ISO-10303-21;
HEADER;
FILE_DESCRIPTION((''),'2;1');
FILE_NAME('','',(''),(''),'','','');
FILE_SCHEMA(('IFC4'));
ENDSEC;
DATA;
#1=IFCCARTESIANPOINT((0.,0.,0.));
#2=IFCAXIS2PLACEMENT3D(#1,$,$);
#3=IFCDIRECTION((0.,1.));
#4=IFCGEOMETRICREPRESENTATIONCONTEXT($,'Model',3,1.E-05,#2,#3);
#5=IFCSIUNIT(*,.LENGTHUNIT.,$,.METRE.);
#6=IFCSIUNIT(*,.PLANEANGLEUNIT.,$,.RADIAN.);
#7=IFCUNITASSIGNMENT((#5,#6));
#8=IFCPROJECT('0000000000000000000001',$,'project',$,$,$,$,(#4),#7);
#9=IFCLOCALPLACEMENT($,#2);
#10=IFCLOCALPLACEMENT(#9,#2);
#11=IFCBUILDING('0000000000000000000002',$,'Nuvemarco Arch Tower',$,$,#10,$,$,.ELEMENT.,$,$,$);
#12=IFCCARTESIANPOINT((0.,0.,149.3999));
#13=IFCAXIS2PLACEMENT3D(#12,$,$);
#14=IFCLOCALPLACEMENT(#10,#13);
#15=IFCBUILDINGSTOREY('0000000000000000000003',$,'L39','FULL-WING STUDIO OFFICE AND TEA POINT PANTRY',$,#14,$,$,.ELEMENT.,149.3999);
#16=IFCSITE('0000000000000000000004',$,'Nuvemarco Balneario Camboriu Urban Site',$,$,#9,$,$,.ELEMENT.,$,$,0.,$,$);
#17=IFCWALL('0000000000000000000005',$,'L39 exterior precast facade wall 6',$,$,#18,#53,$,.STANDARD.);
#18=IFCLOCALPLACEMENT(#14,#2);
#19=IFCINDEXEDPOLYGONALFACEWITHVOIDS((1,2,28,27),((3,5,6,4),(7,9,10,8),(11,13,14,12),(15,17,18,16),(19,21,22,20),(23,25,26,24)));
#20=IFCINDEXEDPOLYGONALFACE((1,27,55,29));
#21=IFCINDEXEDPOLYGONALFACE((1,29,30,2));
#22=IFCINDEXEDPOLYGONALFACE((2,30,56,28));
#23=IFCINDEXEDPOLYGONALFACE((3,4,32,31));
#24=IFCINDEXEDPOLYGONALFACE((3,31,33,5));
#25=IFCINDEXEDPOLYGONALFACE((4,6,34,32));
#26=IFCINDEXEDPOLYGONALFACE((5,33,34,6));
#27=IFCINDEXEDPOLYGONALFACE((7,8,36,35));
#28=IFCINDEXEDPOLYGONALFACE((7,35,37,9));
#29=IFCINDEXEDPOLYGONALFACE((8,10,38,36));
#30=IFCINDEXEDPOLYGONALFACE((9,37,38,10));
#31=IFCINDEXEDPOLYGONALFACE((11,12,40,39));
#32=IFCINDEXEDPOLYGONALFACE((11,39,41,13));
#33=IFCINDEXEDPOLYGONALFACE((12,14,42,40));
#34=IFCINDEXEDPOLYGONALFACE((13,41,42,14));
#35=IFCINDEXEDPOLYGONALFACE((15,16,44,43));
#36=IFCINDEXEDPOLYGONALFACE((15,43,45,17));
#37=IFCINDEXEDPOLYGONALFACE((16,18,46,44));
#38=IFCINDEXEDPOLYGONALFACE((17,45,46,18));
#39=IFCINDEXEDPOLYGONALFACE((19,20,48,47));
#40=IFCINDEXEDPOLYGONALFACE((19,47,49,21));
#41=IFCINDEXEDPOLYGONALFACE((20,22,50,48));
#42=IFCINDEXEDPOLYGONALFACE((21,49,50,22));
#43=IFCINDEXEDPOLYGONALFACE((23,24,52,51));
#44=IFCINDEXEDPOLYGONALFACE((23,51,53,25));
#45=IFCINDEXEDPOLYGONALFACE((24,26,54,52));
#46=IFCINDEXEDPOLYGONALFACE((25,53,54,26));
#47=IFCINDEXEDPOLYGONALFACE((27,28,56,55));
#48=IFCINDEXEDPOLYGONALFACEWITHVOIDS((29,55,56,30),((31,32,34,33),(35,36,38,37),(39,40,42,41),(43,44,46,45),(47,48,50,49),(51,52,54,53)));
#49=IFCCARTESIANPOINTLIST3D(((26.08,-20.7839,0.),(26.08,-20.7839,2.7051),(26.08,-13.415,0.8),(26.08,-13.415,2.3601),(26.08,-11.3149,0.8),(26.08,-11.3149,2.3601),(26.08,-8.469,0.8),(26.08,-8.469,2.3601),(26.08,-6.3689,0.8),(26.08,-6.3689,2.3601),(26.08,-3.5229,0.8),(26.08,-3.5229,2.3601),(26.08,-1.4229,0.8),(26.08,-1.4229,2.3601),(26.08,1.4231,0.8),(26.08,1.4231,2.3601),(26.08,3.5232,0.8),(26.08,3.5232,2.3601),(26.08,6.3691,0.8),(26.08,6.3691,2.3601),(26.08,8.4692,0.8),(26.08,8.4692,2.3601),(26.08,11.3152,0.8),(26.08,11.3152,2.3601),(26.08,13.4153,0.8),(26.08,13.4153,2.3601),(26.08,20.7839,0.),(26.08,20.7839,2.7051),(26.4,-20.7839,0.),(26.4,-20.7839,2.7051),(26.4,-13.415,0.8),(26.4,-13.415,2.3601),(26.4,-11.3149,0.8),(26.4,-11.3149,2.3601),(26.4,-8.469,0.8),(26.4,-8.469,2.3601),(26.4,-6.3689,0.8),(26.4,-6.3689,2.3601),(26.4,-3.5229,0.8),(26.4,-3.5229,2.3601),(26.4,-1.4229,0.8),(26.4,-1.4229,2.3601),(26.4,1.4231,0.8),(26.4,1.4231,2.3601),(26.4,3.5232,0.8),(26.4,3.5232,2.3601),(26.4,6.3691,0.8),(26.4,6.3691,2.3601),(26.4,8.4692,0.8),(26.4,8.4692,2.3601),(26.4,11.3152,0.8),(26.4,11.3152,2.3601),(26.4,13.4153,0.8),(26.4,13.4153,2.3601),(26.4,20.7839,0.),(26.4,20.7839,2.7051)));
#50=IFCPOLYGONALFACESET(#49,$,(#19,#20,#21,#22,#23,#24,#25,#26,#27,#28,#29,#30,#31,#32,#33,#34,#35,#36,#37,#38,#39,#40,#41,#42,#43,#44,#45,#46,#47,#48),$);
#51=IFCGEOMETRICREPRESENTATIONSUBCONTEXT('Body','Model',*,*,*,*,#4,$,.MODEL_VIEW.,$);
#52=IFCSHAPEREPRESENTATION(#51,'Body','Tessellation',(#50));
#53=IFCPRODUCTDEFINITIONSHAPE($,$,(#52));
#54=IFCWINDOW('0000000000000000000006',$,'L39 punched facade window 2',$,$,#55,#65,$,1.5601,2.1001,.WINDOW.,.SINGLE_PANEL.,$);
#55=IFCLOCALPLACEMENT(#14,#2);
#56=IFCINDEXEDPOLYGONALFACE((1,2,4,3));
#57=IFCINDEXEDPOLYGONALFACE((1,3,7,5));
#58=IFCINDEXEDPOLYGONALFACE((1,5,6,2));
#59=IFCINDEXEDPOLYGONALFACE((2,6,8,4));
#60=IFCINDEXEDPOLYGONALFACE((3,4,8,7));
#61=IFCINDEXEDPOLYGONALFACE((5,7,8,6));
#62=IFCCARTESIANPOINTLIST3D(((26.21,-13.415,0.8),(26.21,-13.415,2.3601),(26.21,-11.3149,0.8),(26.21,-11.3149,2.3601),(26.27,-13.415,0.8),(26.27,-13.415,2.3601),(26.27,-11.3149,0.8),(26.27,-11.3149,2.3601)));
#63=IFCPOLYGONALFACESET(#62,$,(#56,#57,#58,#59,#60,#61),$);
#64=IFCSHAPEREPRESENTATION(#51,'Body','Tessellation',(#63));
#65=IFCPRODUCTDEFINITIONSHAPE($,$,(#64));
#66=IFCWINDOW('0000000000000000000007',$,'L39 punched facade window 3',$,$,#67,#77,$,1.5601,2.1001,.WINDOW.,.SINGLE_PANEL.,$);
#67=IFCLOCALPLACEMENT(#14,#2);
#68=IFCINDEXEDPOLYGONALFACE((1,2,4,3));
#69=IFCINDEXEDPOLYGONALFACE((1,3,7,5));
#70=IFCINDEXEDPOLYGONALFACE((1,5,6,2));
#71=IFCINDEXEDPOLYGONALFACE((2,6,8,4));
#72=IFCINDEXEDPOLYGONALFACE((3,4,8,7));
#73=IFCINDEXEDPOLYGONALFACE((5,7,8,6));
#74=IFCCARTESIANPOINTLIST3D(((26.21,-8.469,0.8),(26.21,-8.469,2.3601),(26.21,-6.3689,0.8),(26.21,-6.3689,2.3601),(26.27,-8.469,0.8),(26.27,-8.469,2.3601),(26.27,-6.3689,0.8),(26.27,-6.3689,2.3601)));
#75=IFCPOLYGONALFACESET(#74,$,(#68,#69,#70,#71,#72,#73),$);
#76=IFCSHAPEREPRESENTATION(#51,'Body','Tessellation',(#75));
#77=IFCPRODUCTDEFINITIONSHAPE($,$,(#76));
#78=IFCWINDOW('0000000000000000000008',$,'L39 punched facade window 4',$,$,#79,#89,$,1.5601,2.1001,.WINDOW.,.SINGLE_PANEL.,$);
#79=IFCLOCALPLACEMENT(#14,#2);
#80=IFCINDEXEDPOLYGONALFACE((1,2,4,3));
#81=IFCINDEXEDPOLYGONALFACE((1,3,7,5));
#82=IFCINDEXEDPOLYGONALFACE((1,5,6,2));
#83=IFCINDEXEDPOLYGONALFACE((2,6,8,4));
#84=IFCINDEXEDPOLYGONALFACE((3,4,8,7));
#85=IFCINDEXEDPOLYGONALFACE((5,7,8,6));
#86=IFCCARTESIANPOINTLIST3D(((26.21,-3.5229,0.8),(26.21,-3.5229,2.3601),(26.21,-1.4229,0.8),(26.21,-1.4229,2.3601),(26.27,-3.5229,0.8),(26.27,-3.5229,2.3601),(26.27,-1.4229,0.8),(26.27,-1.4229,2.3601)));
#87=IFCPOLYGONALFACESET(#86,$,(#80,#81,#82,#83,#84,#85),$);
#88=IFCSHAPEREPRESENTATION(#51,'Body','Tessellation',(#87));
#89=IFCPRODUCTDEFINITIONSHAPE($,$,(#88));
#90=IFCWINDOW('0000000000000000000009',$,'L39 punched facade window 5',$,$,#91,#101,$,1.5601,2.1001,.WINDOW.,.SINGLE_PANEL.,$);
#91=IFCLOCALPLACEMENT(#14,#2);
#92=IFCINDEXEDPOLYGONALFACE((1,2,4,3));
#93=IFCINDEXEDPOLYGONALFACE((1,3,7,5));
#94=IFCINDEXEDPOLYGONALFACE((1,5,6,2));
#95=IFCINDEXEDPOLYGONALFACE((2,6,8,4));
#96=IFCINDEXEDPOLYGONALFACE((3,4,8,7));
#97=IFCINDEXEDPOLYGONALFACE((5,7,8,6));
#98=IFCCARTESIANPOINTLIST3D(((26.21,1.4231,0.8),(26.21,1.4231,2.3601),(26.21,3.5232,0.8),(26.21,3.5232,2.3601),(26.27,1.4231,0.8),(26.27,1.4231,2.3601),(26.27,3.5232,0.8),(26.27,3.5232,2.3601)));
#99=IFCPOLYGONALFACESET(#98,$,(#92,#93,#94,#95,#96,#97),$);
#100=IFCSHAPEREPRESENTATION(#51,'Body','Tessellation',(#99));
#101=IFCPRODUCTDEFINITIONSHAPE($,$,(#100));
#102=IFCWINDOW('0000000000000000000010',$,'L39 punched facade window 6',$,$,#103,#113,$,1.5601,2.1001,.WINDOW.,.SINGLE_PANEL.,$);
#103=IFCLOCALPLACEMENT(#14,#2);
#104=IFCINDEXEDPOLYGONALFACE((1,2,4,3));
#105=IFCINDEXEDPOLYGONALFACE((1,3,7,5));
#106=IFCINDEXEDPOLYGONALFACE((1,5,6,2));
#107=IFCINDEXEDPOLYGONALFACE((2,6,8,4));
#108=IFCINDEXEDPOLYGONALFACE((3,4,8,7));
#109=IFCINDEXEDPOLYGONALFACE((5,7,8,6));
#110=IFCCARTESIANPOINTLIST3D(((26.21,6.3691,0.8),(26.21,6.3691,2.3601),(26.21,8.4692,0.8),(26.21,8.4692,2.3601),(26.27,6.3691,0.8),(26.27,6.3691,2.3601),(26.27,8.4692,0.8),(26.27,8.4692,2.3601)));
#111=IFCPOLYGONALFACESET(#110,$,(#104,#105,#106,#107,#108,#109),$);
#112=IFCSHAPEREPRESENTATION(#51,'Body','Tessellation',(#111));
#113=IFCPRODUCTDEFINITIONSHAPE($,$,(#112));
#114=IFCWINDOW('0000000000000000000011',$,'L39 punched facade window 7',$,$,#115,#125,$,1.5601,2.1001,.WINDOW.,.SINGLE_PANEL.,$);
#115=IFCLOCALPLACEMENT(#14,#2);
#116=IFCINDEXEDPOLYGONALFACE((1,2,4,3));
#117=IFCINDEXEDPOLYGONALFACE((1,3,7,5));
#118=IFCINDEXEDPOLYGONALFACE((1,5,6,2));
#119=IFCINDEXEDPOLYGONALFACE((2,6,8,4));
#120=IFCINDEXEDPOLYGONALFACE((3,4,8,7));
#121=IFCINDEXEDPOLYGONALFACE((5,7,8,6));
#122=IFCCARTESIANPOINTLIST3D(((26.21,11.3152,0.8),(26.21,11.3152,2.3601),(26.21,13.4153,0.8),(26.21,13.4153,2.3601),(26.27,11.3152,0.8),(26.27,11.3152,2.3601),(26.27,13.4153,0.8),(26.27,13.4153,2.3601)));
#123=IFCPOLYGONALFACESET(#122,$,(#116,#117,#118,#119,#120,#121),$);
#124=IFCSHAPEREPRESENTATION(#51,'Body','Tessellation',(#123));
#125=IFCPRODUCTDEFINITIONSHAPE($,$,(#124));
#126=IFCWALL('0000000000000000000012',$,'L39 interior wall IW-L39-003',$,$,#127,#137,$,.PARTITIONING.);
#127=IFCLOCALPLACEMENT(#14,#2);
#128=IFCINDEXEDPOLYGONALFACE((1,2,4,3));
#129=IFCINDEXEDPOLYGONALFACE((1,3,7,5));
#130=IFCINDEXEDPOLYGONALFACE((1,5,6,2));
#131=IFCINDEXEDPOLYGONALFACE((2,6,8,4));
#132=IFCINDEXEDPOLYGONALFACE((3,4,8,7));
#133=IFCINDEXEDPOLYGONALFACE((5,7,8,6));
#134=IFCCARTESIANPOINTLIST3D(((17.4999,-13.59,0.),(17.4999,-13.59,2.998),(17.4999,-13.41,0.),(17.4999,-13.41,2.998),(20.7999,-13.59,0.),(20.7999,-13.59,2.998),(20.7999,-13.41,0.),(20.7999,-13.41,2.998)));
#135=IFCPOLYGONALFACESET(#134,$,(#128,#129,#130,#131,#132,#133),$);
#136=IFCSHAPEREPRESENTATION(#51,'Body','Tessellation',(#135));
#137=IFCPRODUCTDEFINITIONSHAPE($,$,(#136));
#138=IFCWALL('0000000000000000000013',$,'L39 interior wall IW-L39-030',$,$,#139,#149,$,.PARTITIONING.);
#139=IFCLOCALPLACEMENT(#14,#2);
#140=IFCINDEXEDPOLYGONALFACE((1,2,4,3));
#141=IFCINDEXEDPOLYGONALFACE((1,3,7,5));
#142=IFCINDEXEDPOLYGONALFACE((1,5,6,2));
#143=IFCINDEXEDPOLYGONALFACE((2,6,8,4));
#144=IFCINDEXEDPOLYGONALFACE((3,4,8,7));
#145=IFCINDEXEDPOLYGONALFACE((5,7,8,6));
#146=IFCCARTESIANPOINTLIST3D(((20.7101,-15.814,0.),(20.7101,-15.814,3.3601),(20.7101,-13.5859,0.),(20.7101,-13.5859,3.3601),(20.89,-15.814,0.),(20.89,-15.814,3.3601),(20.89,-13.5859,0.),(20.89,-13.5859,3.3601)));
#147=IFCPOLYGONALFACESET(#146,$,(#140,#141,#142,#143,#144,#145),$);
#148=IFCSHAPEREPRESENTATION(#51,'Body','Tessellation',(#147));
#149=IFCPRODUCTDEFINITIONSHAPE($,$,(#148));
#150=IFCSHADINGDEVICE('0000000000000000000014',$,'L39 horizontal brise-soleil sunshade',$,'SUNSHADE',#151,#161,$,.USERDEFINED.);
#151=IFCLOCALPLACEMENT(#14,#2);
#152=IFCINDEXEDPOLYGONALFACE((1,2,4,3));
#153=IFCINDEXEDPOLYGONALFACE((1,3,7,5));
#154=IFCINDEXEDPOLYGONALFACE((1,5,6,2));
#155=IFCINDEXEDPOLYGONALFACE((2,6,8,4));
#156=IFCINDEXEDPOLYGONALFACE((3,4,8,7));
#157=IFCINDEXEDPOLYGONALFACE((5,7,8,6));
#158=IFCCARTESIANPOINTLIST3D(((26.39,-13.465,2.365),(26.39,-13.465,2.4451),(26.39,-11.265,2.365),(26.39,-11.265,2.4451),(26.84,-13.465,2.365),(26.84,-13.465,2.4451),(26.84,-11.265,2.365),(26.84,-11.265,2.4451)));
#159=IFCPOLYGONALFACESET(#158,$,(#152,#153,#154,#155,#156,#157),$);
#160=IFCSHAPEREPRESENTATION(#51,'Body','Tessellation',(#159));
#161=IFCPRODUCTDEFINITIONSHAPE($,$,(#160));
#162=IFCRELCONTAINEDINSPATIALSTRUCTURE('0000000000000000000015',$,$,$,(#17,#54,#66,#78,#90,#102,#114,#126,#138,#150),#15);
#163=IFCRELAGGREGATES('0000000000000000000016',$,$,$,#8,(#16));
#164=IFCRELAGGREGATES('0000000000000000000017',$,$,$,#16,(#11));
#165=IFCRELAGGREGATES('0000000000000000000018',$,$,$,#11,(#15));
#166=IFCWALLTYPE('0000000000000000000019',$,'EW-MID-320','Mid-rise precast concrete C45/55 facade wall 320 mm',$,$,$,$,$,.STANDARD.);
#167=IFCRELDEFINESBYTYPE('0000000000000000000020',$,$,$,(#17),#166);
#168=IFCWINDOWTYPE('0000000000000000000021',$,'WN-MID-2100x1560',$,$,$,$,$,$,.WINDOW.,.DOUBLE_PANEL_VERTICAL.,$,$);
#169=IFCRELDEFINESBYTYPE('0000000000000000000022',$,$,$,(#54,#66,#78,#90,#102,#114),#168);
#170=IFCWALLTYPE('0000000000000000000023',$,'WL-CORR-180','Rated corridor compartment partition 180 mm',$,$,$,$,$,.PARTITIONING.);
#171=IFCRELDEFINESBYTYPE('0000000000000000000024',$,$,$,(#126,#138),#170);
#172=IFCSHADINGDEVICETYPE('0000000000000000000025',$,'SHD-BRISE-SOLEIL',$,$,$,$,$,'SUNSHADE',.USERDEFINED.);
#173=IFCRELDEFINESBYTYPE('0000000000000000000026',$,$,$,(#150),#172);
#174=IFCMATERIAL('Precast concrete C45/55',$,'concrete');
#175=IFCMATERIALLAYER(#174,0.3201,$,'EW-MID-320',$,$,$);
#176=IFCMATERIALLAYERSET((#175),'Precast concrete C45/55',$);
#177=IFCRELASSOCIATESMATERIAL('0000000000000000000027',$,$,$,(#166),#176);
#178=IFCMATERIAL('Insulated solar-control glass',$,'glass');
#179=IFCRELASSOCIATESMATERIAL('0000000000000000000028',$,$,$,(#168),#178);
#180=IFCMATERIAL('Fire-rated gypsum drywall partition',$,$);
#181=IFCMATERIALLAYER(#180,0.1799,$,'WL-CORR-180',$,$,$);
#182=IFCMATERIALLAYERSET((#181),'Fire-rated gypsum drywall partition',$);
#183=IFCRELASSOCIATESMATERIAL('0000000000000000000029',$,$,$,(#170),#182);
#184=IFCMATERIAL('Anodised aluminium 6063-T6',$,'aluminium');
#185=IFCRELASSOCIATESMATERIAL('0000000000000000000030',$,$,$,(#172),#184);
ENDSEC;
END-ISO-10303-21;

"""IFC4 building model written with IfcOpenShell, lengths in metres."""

from ifc_helpers import new_model, si_unit, direction, frame, frame_2d, origin, origin_2d, place, context, subcontext, project, spatial, rectangle, extrude, source, transform, mapped, material, layer, layer_set, type_object, type_shapes, element, fill, save


model = new_model("IFC4")

# Units and contexts
model_context = context("Model", 3, precision=1e-05, world=origin(), true_north=direction((0.0, 1.0)))
body_context = subcontext(model_context, "Body", "Model", "MODEL_VIEW")
ifc_project = project(units=[si_unit("LENGTHUNIT", "METRE"), si_unit("PLANEANGLEUNIT", "RADIAN")], contexts=[model_context])

# Site, building, storey
site_placement = place(None, origin())
site = spatial("IfcSite", under=ifc_project, at=site_placement, Name="Nuvemarco Balneario Camboriu Urban Site", CompositionType="ELEMENT", RefElevation=0.0)
building_placement = place(site_placement, origin())
building = spatial("IfcBuilding", under=site, at=building_placement, Name="Nuvemarco Arch Tower", CompositionType="ELEMENT")
storey_placement = place(building_placement, frame((0.0, 0.0, 149.3999)))
storey = spatial("IfcBuildingStorey", under=building, at=storey_placement, Name="L39", Description="FULL-WING STUDIO OFFICE AND TEA POINT PANTRY", CompositionType="ELEMENT", Elevation=149.3999)

# Shared definitions
ifc_material_1 = material(Name="Precast concrete C45/55", Category="concrete")

# Shared definitions
ifc_layer_1 = layer(ifc_material_1, 0.3201, Name="EW-MID-320")
ifc_layer_set_1 = layer_set([ifc_layer_1], Name="Precast concrete C45/55")
wall_type_1 = type_object("IfcWallType", Name="EW-MID-320", Description="Mid-rise precast concrete C45/55 facade wall 320 mm", PredefinedType="STANDARD", material=ifc_layer_set_1)

# Wall, openings, windows
wall_1_placement = place(storey_placement, frame((26.24, -20.7839, 0.0), z_axis=(0.0, 0.0, 1.0), x_axis=(0.0, 1.0, 0.0)))
wall_1 = element("IfcWall", 1, at=wall_1_placement, inside=storey, type_object=wall_type_1, Name="L39 exterior precast facade wall 6", PredefinedType="STANDARD", context=body_context, shape_type="SweptSolid", body=[
    extrude(rectangle(XDim=41.5679, YDim=0.3201, at=frame_2d((20.7839, 0.0))), origin(), (0.0, 0.0, 1.0), 2.7051),
])
opening_1_placement = place(wall_1_placement, frame((7.3689, 0.0, 0.8)))
opening_1 = element("IfcOpeningElement", 2, at=opening_1_placement, cuts=wall_1, PredefinedType="OPENING", context=body_context, shape_type="SweptSolid", body=[
    extrude(rectangle(XDim=2.1001, YDim=1.5601, at=frame_2d((1.05, 0.78))), frame((0.0, 0.1699, 0.0), z_axis=(0.0, -1.0, 0.0), x_axis=(1.0, 0.0, 0.0)), (0.0, 0.0, 1.0), 0.3401),
])
opening_2_placement = place(wall_1_placement, frame((12.3149, 0.0, 0.8)))
opening_2 = element("IfcOpeningElement", 3, at=opening_2_placement, cuts=wall_1, PredefinedType="OPENING", context=body_context, shape_type="SweptSolid", body=[
    extrude(rectangle(XDim=2.1001, YDim=1.5601, at=frame_2d((1.05, 0.78))), frame((0.0, 0.1699, 0.0), z_axis=(0.0, -1.0, 0.0), x_axis=(1.0, 0.0, 0.0)), (0.0, 0.0, 1.0), 0.3401),
])
opening_3_placement = place(wall_1_placement, frame((17.261, 0.0, 0.8)))
opening_3 = element("IfcOpeningElement", 4, at=opening_3_placement, cuts=wall_1, PredefinedType="OPENING", context=body_context, shape_type="SweptSolid", body=[
    extrude(rectangle(XDim=2.1001, YDim=1.5601, at=frame_2d((1.05, 0.78))), frame((0.0, 0.1699, 0.0), z_axis=(0.0, -1.0, 0.0), x_axis=(1.0, 0.0, 0.0)), (0.0, 0.0, 1.0), 0.3401),
])
opening_4_placement = place(wall_1_placement, frame((22.207, 0.0, 0.8)))
opening_4 = element("IfcOpeningElement", 5, at=opening_4_placement, cuts=wall_1, PredefinedType="OPENING", context=body_context, shape_type="SweptSolid", body=[
    extrude(rectangle(XDim=2.1001, YDim=1.5601, at=frame_2d((1.05, 0.78))), frame((0.0, 0.1699, 0.0), z_axis=(0.0, -1.0, 0.0), x_axis=(1.0, 0.0, 0.0)), (0.0, 0.0, 1.0), 0.3401),
])
opening_5_placement = place(wall_1_placement, frame((27.1531, 0.0, 0.8)))
opening_5 = element("IfcOpeningElement", 6, at=opening_5_placement, cuts=wall_1, PredefinedType="OPENING", context=body_context, shape_type="SweptSolid", body=[
    extrude(rectangle(XDim=2.1001, YDim=1.5601, at=frame_2d((1.05, 0.78))), frame((0.0, 0.1699, 0.0), z_axis=(0.0, -1.0, 0.0), x_axis=(1.0, 0.0, 0.0)), (0.0, 0.0, 1.0), 0.3401),
])
opening_6_placement = place(wall_1_placement, frame((32.0991, 0.0, 0.8)))
opening_6 = element("IfcOpeningElement", 7, at=opening_6_placement, cuts=wall_1, PredefinedType="OPENING", context=body_context, shape_type="SweptSolid", body=[
    extrude(rectangle(XDim=2.1001, YDim=1.5601, at=frame_2d((1.05, 0.78))), frame((0.0, 0.1699, 0.0), z_axis=(0.0, -1.0, 0.0), x_axis=(1.0, 0.0, 0.0)), (0.0, 0.0, 1.0), 0.3401),
])
ifc_material_2 = material(Name="Insulated solar-control glass", Category="glass")
window_type = type_object("IfcWindowType", Name="WN-MID-2100x1560", PartitioningType="DOUBLE_PANEL_VERTICAL", PredefinedType="WINDOW", material=ifc_material_2)
shared_shape_1 = source(origin(), body_context, "Body", "SweptSolid", [
    extrude(rectangle(XDim=2.1001, YDim=1.5601, at=frame_2d((1.05, 0.78))), frame((0.0, 0.03, 0.0), z_axis=(0.0, -1.0, 0.0), x_axis=(1.0, 0.0, 0.0)), (0.0, 0.0, 1.0), 0.0601),
])
type_shapes(window_type, [shared_shape_1])
window_1_placement = place(opening_1_placement, origin())
window_1 = element("IfcWindow", 8, at=window_1_placement, inside=storey, type_object=window_type, Name="L39 punched facade window 2", OverallHeight=1.5601, OverallWidth=2.1001, PartitioningType="SINGLE_PANEL", PredefinedType="WINDOW", context=body_context, shape_type="MappedRepresentation", body=[
    mapped(shared_shape_1, transform((0.0, 0.0, 0.0), scale=1.0)),
])
fill(opening_1, window_1)
window_2_placement = place(opening_2_placement, origin())
window_2 = element("IfcWindow", 9, at=window_2_placement, inside=storey, type_object=window_type, Name="L39 punched facade window 3", OverallHeight=1.5601, OverallWidth=2.1001, PartitioningType="SINGLE_PANEL", PredefinedType="WINDOW", context=body_context, shape_type="MappedRepresentation", body=[
    mapped(shared_shape_1, transform((0.0, 0.0, 0.0), scale=1.0)),
])
fill(opening_2, window_2)
window_3_placement = place(opening_3_placement, origin())
window_3 = element("IfcWindow", 10, at=window_3_placement, inside=storey, type_object=window_type, Name="L39 punched facade window 4", OverallHeight=1.5601, OverallWidth=2.1001, PartitioningType="SINGLE_PANEL", PredefinedType="WINDOW", context=body_context, shape_type="MappedRepresentation", body=[
    mapped(shared_shape_1, transform((0.0, 0.0, 0.0), scale=1.0)),
])
fill(opening_3, window_3)
window_4_placement = place(opening_4_placement, origin())
window_4 = element("IfcWindow", 11, at=window_4_placement, inside=storey, type_object=window_type, Name="L39 punched facade window 5", OverallHeight=1.5601, OverallWidth=2.1001, PartitioningType="SINGLE_PANEL", PredefinedType="WINDOW", context=body_context, shape_type="MappedRepresentation", body=[
    mapped(shared_shape_1, transform((0.0, 0.0, 0.0), scale=1.0)),
])
fill(opening_4, window_4)
window_5_placement = place(opening_5_placement, origin())
window_5 = element("IfcWindow", 12, at=window_5_placement, inside=storey, type_object=window_type, Name="L39 punched facade window 6", OverallHeight=1.5601, OverallWidth=2.1001, PartitioningType="SINGLE_PANEL", PredefinedType="WINDOW", context=body_context, shape_type="MappedRepresentation", body=[
    mapped(shared_shape_1, transform((0.0, 0.0, 0.0), scale=1.0)),
])
fill(opening_5, window_5)
window_6_placement = place(opening_6_placement, origin())
window_6 = element("IfcWindow", 13, at=window_6_placement, inside=storey, type_object=window_type, Name="L39 punched facade window 7", OverallHeight=1.5601, OverallWidth=2.1001, PartitioningType="SINGLE_PANEL", PredefinedType="WINDOW", context=body_context, shape_type="MappedRepresentation", body=[
    mapped(shared_shape_1, transform((0.0, 0.0, 0.0), scale=1.0)),
])
fill(opening_6, window_6)

# Walls
ifc_material_3 = material(Name="Fire-rated gypsum drywall partition")
ifc_layer_2 = layer(ifc_material_3, 0.1799, Name="WL-CORR-180")
ifc_layer_set_2 = layer_set([ifc_layer_2], Name="Fire-rated gypsum drywall partition")
wall_type_2 = type_object("IfcWallType", Name="WL-CORR-180", Description="Rated corridor compartment partition 180 mm", PredefinedType="PARTITIONING", material=ifc_layer_set_2)
wall_2_placement = place(storey_placement, frame((17.5, -13.5, 0.0), z_axis=(0.0, 0.0, 1.0), x_axis=(1.0, 0.0, 0.0)))
element("IfcWall", 14, at=wall_2_placement, inside=storey, type_object=wall_type_2, Name="L39 interior wall IW-L39-003", PredefinedType="PARTITIONING", context=body_context, shape_type="SweptSolid", body=[
    extrude(rectangle(XDim=3.3, YDim=0.1799, at=frame_2d((1.6499, 0.0))), origin(), (0.0, 0.0, 1.0), 2.998),
])
wall_3_placement = place(storey_placement, frame((20.8, -15.814, 0.0), z_axis=(0.0, 0.0, 1.0), x_axis=(0.0, 1.0, 0.0)))
element("IfcWall", 15, at=wall_3_placement, inside=storey, type_object=wall_type_2, Name="L39 interior wall IW-L39-030", PredefinedType="PARTITIONING", context=body_context, shape_type="SweptSolid", body=[
    extrude(rectangle(XDim=2.228, YDim=0.1799, at=frame_2d((1.114, 0.0))), origin(), (0.0, 0.0, 1.0), 3.3601),
])

# Shading device
ifc_material_4 = material(Name="Anodised aluminium 6063-T6", Category="aluminium")
shading_device_type_1 = type_object("IfcShadingDeviceType", Name="SHD-BRISE-SOLEIL", ElementType="SUNSHADE", PredefinedType="USERDEFINED", material=ifc_material_4)
shared_shape_2 = source(origin(), body_context, "Body", "SweptSolid", [
    extrude(rectangle(XDim=2.2, YDim=0.45, at=origin_2d()), origin(), (0.0, 0.0, 1.0), 0.0801),
])
type_shapes(shading_device_type_1, [shared_shape_2])
shading_device_placement = place(storey_placement, frame((26.615, -12.365, 2.365), z_axis=(0.0, 0.0, 1.0), x_axis=(0.0, 1.0, 0.0)))
element("IfcShadingDevice", 16, at=shading_device_placement, inside=storey, type_object=shading_device_type_1, Name="L39 horizontal brise-soleil sunshade", ObjectType="SUNSHADE", PredefinedType="USERDEFINED", context=body_context, shape_type="MappedRepresentation", body=[
    mapped(shared_shape_2, transform((0.0, 0.0, 0.0), scale=1.0)),
])

save(model, "model.ifc")
